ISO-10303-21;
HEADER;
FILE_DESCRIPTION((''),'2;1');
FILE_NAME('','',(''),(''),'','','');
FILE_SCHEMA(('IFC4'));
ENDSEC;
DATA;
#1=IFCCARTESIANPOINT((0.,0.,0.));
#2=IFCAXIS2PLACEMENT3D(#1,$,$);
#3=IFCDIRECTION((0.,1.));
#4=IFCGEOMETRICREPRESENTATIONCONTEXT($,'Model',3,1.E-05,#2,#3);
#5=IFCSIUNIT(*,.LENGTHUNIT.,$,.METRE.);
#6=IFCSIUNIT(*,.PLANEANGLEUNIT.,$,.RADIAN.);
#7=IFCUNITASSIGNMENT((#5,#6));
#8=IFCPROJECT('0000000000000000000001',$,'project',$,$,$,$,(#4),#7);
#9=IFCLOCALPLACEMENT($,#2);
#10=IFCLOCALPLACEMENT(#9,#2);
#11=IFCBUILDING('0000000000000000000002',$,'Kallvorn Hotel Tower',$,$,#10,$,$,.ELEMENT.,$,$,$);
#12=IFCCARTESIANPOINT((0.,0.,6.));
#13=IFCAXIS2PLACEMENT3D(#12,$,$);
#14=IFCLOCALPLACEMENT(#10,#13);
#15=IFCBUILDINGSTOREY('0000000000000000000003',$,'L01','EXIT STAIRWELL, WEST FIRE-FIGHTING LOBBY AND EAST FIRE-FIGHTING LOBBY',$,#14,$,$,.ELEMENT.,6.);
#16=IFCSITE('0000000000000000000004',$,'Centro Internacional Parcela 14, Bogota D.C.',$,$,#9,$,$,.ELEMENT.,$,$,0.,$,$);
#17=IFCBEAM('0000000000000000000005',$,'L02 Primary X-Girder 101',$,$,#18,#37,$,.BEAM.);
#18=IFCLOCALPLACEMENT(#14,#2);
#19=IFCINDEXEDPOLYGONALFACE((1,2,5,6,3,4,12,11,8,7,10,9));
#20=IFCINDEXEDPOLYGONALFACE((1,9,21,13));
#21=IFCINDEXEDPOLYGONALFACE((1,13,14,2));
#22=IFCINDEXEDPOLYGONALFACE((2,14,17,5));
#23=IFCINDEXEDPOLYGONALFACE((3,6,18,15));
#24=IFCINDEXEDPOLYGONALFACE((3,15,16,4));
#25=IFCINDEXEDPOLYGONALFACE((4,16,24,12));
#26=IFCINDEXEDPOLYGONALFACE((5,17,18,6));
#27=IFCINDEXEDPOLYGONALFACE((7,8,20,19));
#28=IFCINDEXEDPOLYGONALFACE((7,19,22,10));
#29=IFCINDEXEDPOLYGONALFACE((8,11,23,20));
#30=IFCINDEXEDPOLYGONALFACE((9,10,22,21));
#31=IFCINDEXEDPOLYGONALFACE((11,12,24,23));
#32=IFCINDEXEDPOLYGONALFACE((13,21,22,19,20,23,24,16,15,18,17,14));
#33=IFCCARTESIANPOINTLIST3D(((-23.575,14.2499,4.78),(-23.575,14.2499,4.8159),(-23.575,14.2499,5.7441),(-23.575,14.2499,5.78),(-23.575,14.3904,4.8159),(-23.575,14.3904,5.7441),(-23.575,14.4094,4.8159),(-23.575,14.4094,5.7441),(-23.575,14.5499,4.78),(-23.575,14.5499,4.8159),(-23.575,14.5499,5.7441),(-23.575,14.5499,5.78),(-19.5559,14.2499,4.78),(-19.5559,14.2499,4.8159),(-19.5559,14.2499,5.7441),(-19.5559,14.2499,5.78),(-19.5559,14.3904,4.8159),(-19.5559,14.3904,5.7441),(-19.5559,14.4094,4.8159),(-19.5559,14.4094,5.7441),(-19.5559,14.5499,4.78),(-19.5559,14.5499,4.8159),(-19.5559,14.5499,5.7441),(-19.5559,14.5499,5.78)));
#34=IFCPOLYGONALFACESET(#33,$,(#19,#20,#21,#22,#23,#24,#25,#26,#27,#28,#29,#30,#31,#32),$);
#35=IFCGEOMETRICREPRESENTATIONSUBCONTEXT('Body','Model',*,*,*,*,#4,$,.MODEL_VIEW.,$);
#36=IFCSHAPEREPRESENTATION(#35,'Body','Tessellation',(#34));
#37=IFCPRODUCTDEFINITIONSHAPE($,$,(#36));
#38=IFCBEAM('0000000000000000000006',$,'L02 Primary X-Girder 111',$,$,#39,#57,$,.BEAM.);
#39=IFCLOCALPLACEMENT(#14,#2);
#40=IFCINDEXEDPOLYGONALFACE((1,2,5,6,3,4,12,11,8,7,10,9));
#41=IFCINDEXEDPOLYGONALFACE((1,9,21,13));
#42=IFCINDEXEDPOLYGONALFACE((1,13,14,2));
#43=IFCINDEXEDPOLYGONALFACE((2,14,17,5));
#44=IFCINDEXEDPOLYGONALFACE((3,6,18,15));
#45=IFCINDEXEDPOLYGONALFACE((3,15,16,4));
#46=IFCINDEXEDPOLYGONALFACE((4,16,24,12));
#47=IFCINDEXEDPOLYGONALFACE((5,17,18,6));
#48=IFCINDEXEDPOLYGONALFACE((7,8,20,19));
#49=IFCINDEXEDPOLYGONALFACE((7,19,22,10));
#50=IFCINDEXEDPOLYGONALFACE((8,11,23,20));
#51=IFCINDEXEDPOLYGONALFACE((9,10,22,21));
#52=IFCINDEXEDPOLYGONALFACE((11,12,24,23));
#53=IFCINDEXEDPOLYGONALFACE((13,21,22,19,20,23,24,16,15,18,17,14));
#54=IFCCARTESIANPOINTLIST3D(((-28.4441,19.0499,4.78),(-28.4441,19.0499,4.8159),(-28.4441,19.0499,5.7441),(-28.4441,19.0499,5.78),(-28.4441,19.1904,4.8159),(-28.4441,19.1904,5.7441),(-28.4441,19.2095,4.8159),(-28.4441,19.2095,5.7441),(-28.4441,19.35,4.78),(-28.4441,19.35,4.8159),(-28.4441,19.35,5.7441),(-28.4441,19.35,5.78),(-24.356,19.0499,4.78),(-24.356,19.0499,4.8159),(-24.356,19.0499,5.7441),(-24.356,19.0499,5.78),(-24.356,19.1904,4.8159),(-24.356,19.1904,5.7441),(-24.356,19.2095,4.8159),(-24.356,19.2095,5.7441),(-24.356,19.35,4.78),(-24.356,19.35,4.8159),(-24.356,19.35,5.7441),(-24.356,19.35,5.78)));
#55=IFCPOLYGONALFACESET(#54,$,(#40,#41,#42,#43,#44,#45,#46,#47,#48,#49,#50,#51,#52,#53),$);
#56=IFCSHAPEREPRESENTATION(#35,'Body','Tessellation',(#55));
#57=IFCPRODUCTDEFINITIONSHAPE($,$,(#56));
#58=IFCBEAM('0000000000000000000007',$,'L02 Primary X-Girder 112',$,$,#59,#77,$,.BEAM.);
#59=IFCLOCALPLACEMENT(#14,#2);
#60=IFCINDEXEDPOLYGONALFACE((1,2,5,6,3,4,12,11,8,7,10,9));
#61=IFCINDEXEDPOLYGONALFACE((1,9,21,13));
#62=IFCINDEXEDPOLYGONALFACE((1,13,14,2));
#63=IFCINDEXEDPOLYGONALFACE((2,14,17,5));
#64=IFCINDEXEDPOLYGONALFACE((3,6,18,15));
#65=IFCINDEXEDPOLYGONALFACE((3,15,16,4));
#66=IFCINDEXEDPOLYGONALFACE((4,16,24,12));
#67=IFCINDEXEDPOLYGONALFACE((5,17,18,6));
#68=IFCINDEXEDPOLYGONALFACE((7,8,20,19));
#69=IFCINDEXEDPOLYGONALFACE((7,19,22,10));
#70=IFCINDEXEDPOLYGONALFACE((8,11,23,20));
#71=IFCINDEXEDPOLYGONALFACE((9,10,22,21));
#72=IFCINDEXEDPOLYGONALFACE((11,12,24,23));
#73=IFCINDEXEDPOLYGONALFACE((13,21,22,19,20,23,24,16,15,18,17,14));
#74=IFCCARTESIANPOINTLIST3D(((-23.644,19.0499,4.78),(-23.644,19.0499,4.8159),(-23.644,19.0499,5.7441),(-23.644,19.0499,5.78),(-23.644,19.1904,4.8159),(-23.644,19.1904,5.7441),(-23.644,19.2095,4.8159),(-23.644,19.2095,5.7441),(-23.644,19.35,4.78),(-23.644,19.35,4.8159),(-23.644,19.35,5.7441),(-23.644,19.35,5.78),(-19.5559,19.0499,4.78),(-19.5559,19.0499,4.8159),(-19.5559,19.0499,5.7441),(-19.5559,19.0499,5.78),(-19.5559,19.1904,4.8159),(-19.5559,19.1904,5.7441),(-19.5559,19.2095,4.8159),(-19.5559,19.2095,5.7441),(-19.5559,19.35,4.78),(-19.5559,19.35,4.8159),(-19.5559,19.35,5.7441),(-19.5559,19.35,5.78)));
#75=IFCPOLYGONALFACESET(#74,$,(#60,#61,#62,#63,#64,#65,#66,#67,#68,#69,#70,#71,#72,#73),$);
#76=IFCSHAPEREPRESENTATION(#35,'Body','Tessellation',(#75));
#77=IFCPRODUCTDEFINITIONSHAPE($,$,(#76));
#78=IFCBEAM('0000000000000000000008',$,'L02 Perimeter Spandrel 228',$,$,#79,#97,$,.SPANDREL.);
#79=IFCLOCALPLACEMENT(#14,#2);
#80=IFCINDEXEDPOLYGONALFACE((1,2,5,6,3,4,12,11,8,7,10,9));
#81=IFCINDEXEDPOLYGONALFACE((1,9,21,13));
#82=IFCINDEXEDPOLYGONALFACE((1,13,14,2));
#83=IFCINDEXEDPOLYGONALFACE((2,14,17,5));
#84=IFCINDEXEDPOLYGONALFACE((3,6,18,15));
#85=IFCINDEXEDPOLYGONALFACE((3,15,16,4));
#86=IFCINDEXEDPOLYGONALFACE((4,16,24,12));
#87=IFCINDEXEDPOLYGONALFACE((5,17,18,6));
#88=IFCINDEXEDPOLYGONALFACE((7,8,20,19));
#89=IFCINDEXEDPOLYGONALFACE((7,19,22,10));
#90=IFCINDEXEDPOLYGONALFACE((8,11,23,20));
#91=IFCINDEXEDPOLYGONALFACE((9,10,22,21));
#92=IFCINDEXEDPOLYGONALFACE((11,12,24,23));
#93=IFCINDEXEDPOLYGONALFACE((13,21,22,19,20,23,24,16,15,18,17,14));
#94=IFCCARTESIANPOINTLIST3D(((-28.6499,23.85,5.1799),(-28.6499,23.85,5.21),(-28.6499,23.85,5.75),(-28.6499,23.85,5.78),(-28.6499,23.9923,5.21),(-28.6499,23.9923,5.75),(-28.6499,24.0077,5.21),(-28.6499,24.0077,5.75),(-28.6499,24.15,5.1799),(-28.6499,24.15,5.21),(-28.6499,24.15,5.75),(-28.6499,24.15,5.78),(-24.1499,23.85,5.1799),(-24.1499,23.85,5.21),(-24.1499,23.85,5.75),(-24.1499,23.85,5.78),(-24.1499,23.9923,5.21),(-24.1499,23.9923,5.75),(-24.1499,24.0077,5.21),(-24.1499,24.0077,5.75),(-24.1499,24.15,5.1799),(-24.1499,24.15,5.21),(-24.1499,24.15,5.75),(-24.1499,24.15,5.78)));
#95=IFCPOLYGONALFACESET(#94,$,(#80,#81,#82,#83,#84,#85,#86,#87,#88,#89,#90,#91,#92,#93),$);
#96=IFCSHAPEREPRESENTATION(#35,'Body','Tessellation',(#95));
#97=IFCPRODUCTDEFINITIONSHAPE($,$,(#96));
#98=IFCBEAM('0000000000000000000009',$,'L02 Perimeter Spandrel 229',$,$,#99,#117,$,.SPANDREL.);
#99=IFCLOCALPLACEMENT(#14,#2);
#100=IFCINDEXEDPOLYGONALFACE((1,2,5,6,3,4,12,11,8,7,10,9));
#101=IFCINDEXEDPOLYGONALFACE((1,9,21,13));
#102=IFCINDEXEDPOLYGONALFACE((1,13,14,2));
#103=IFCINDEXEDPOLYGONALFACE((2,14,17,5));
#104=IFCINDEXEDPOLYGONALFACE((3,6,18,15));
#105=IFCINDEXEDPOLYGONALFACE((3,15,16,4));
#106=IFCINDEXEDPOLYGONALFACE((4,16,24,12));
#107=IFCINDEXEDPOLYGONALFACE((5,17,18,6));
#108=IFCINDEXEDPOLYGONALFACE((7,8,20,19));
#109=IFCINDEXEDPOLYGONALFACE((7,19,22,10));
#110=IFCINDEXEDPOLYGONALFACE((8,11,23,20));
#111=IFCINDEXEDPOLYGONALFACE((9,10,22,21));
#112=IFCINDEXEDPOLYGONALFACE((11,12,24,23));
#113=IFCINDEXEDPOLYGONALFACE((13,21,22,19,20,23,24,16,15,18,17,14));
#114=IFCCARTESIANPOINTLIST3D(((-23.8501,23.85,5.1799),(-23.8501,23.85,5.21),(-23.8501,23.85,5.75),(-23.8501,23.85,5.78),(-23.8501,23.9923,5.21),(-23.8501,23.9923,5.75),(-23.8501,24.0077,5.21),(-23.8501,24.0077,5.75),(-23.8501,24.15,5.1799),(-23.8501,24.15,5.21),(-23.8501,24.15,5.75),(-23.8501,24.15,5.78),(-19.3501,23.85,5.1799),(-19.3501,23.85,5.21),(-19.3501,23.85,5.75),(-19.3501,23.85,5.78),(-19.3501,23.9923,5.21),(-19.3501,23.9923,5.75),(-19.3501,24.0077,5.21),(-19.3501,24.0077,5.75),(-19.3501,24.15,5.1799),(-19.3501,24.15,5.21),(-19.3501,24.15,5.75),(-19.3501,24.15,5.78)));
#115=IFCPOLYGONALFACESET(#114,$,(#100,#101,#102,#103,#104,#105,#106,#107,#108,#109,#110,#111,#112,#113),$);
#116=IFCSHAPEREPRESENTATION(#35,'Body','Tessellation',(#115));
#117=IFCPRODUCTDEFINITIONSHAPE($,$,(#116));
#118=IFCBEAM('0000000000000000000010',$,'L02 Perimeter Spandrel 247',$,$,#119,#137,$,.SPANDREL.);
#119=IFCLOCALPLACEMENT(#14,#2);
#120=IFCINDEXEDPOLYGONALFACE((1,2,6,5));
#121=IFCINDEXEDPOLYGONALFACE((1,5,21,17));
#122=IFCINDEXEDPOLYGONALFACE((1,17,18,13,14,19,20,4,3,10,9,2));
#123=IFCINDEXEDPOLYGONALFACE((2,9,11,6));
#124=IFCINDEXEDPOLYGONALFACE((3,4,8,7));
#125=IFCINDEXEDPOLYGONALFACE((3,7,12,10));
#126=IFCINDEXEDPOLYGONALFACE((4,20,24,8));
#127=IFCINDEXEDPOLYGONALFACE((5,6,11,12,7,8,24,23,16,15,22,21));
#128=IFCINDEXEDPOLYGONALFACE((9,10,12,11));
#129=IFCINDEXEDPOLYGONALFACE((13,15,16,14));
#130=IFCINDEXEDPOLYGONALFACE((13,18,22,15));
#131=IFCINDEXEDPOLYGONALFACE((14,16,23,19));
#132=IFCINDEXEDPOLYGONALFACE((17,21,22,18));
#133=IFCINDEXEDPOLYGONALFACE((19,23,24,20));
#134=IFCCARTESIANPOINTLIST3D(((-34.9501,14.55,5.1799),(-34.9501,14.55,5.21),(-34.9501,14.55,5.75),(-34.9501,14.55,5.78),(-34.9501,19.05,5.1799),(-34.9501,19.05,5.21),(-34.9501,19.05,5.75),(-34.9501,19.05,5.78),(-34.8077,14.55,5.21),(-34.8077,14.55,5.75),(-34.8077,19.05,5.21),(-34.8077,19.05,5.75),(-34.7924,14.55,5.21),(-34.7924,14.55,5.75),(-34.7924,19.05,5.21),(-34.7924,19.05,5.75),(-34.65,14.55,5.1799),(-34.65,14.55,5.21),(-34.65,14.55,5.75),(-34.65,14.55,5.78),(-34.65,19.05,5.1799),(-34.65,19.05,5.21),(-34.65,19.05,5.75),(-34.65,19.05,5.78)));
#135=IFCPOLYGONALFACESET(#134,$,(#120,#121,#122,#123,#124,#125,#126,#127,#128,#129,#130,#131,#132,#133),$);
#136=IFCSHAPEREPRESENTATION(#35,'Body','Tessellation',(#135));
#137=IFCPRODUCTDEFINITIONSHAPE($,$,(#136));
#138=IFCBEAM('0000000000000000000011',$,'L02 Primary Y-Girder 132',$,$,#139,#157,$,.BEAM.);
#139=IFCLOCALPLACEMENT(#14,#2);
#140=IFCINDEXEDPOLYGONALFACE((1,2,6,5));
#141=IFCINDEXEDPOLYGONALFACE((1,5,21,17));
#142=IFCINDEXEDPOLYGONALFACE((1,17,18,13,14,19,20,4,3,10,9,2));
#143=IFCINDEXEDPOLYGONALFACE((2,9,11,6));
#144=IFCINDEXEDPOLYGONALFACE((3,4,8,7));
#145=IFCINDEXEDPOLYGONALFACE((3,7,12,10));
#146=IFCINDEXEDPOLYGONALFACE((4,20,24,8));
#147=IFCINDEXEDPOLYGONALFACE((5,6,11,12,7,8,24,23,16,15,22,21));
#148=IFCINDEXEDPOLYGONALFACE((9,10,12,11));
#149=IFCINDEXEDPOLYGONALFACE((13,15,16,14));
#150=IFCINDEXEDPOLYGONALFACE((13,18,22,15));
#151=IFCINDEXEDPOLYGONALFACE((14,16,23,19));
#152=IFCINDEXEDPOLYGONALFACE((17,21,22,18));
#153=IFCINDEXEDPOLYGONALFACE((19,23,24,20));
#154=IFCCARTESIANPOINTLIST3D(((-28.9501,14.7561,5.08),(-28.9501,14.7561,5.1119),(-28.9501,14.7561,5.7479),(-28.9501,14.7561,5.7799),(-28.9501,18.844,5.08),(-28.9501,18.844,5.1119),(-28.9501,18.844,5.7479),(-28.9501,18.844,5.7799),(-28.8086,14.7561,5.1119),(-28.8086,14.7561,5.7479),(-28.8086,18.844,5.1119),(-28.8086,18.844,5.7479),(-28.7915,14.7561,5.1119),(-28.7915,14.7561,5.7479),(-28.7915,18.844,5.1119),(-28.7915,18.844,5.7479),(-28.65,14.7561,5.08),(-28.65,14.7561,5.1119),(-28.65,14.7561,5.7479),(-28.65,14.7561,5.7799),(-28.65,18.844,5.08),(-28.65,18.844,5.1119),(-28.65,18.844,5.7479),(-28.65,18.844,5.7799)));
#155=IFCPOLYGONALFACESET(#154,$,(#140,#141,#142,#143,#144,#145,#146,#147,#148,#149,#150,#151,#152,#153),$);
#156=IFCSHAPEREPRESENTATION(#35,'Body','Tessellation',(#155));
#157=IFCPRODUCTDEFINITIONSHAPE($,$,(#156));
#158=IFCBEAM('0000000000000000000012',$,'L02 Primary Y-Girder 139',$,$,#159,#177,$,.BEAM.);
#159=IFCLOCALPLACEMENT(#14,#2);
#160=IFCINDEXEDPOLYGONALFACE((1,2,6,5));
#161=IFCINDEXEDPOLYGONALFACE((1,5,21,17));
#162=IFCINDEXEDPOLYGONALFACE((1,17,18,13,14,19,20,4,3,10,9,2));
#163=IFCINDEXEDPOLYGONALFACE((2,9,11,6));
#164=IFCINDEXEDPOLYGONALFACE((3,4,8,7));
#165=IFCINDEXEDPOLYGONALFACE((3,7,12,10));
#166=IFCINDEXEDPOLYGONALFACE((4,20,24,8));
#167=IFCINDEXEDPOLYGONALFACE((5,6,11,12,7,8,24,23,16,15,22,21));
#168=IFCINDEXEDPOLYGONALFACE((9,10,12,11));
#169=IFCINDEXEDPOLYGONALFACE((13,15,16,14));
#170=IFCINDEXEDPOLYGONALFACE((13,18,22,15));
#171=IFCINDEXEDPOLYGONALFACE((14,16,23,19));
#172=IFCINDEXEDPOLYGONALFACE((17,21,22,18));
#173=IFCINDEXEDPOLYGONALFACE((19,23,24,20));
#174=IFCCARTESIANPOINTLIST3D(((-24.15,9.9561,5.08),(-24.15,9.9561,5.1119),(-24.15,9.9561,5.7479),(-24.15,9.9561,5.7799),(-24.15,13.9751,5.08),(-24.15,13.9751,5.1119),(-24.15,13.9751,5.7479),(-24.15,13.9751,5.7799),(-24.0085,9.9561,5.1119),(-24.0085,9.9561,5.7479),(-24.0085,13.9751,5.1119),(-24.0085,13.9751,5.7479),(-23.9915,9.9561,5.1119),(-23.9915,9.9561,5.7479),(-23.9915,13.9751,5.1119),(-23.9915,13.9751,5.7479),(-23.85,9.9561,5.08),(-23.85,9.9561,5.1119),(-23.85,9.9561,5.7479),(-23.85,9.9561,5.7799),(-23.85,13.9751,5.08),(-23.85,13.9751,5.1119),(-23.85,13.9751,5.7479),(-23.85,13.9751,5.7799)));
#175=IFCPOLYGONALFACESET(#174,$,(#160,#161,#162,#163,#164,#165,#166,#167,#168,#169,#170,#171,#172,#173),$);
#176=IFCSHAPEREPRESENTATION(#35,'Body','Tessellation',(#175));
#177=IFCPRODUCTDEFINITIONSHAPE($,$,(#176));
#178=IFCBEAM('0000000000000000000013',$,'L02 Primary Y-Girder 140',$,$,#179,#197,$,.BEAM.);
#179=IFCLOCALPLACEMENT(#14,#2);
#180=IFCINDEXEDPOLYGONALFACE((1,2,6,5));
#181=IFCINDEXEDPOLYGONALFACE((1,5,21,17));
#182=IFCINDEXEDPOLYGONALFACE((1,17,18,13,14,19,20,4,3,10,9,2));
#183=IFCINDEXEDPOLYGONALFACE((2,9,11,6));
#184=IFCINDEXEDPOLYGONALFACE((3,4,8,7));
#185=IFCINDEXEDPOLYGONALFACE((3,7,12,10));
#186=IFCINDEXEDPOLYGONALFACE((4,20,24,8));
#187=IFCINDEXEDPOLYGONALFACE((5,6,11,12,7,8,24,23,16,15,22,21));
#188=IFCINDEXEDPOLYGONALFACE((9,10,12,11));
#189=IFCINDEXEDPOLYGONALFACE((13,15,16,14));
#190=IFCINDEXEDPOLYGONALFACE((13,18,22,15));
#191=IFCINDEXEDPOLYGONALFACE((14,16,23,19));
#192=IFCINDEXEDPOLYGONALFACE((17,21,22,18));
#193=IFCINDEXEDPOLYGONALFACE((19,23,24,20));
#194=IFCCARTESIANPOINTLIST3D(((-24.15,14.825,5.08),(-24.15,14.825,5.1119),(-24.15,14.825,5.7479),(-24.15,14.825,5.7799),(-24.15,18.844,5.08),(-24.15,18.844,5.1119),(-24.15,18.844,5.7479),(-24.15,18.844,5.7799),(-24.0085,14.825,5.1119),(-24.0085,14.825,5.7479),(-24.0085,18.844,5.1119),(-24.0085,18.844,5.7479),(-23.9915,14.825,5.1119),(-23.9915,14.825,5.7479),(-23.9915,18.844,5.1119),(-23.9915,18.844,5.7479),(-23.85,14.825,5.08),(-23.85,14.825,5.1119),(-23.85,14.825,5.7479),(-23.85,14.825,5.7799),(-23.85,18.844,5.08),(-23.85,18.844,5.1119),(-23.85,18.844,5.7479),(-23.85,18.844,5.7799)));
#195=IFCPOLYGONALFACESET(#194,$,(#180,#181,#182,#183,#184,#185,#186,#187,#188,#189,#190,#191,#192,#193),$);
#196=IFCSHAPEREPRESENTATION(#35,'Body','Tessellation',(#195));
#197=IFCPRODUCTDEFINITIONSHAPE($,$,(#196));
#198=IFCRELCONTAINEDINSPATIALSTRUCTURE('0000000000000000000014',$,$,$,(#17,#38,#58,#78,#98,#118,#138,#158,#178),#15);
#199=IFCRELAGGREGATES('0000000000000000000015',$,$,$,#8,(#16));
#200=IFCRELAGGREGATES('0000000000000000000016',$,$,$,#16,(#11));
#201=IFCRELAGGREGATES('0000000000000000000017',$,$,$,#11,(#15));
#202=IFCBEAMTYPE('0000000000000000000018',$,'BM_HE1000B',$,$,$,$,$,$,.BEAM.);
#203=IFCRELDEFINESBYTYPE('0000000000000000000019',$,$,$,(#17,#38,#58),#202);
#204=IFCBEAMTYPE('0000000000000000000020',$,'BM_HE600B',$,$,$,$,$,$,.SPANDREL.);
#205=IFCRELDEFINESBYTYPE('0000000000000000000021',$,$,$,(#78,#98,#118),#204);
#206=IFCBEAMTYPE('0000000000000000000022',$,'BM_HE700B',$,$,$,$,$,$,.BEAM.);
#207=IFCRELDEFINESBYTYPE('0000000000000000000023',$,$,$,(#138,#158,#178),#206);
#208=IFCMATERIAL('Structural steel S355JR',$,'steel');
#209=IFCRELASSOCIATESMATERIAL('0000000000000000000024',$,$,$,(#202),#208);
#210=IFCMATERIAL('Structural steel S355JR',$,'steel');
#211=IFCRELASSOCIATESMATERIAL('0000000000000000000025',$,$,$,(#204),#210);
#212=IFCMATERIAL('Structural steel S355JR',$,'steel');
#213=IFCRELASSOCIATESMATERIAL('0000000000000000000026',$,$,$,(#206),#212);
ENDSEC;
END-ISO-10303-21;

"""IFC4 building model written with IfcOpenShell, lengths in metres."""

from ifc_helpers import new_model, si_unit, direction, frame, origin, origin_2d, place, context, subcontext, project, spatial, i_section, extrude, material, material_profile, profile_set, type_object, element, save


model = new_model("IFC4")

# Units and contexts
model_context = context("Model", 3, precision=1e-05, world=origin(), true_north=direction((0.0, 1.0)))
body_context = subcontext(model_context, "Body", "Model", "MODEL_VIEW")
ifc_project = project(units=[si_unit("LENGTHUNIT", "METRE"), si_unit("PLANEANGLEUNIT", "RADIAN")], contexts=[model_context])

# Site, building, storey
site_placement = place(None, origin())
site = spatial("IfcSite", under=ifc_project, at=site_placement, Name="Centro Internacional Parcela 14, Bogota D.C.", CompositionType="ELEMENT", RefElevation=0.0)
building_placement = place(site_placement, origin())
building = spatial("IfcBuilding", under=site, at=building_placement, Name="Kallvorn Hotel Tower", CompositionType="ELEMENT")
storey_placement = place(building_placement, frame((0.0, 0.0, 6.0)))
storey = spatial("IfcBuildingStorey", under=building, at=storey_placement, Name="L01", Description="EXIT STAIRWELL, WEST FIRE-FIGHTING LOBBY AND EAST FIRE-FIGHTING LOBBY", CompositionType="ELEMENT", Elevation=6.0)

# Beams
ifc_material_1 = material(Name="Structural steel S355JR", Category="steel")
ifc_material_profile_1 = material_profile(ifc_material_1, i_section(OverallWidth=0.3, OverallDepth=1.0, WebThickness=0.019, FlangeThickness=0.0359, at=origin_2d()), Name="HE 1000 B")
ifc_profile_set_1 = profile_set([ifc_material_profile_1], Name="Structural steel S355JR")
beam_type_1 = type_object("IfcBeamType", Name="BM_HE1000B", PredefinedType="BEAM", material=ifc_profile_set_1)
for number, where, z_axis, x_axis, name in (
    (1, (-23.575, 14.3999, 5.28), (1.0, 0.0, 0.0), (0.0, 1.0, 0.0), "L02 Primary X-Girder 101"),
):
    element("IfcBeam", number, at=place(storey_placement, frame(where, z_axis=z_axis, x_axis=x_axis)), inside=storey, type_object=beam_type_1, Name=name, PredefinedType="BEAM", context=body_context, shape_type="SweptSolid", body=[
        extrude(i_section(OverallWidth=0.3, OverallDepth=1.0, WebThickness=0.019, FlangeThickness=0.0359, at=origin_2d()), origin(), (0.0, 0.0, 1.0), 4.019),
    ])
for number, where, z_axis, x_axis, name in (
    (2, (-28.4441, 19.2, 5.28), (1.0, 0.0, 0.0), (0.0, 1.0, 0.0), "L02 Primary X-Girder 111"),
    (3, (-23.644, 19.2, 5.28), (1.0, 0.0, 0.0), (0.0, 1.0, 0.0), "L02 Primary X-Girder 112"),
):
    element("IfcBeam", number, at=place(storey_placement, frame(where, z_axis=z_axis, x_axis=x_axis)), inside=storey, type_object=beam_type_1, Name=name, PredefinedType="BEAM", context=body_context, shape_type="SweptSolid", body=[
        extrude(i_section(OverallWidth=0.3, OverallDepth=1.0, WebThickness=0.019, FlangeThickness=0.0359, at=origin_2d()), origin(), (0.0, 0.0, 1.0), 4.0881),
    ])
ifc_material_2 = material(Name="Structural steel S355JR", Category="steel")
ifc_material_profile_2 = material_profile(ifc_material_2, i_section(OverallWidth=0.3, OverallDepth=0.6001, WebThickness=0.0154, FlangeThickness=0.03, at=origin_2d()), Name="HE 600 B")
ifc_profile_set_2 = profile_set([ifc_material_profile_2], Name="Structural steel S355JR")
beam_type_2 = type_object("IfcBeamType", Name="BM_HE600B", PredefinedType="SPANDREL", material=ifc_profile_set_2)
for number, where, z_axis, x_axis, name in (
    (4, (-28.6499, 24.0, 5.48), (1.0, 0.0, 0.0), (0.0, 1.0, 0.0), "L02 Perimeter Spandrel 228"),
    (5, (-23.8501, 24.0, 5.48), (1.0, 0.0, 0.0), (0.0, 1.0, 0.0), "L02 Perimeter Spandrel 229"),
    (6, (-34.8, 14.55, 5.48), (0.0, 1.0, 0.0), (-1.0, 0.0, 0.0), "L02 Perimeter Spandrel 247"),
):
    element("IfcBeam", number, at=place(storey_placement, frame(where, z_axis=z_axis, x_axis=x_axis)), inside=storey, type_object=beam_type_2, Name=name, PredefinedType="SPANDREL", context=body_context, shape_type="SweptSolid", body=[
        extrude(i_section(OverallWidth=0.3, OverallDepth=0.6001, WebThickness=0.0154, FlangeThickness=0.03, at=origin_2d()), origin(), (0.0, 0.0, 1.0), 4.5),
    ])
ifc_material_3 = material(Name="Structural steel S355JR", Category="steel")
ifc_material_profile_3 = material_profile(ifc_material_3, i_section(OverallWidth=0.3, OverallDepth=0.7, WebThickness=0.0171, FlangeThickness=0.032, at=origin_2d()), Name="HE 700 B")
ifc_profile_set_3 = profile_set([ifc_material_profile_3], Name="Structural steel S355JR")
beam_type_3 = type_object("IfcBeamType", Name="BM_HE700B", PredefinedType="BEAM", material=ifc_profile_set_3)
beam_1_placement = place(storey_placement, frame((-28.8, 14.7561, 5.4299), z_axis=(0.0, 1.0, 0.0), x_axis=(-1.0, 0.0, 0.0)))
element("IfcBeam", 7, at=beam_1_placement, inside=storey, type_object=beam_type_3, Name="L02 Primary Y-Girder 132", PredefinedType="BEAM", context=body_context, shape_type="SweptSolid", body=[
    extrude(i_section(OverallWidth=0.3, OverallDepth=0.7, WebThickness=0.0171, FlangeThickness=0.032, at=origin_2d()), origin(), (0.0, 0.0, 1.0), 4.0879),
])
for number, where, z_axis, x_axis, name in (
    (8, (-24.0, 9.9561, 5.4299), (0.0, 1.0, 0.0), (-1.0, 0.0, 0.0), "L02 Primary Y-Girder 139"),
    (9, (-24.0, 14.825, 5.4299), (0.0, 1.0, 0.0), (-1.0, 0.0, 0.0), "L02 Primary Y-Girder 140"),
):
    element("IfcBeam", number, at=place(storey_placement, frame(where, z_axis=z_axis, x_axis=x_axis)), inside=storey, type_object=beam_type_3, Name=name, PredefinedType="BEAM", context=body_context, shape_type="SweptSolid", body=[
        extrude(i_section(OverallWidth=0.3, OverallDepth=0.7, WebThickness=0.0171, FlangeThickness=0.032, at=origin_2d()), origin(), (0.0, 0.0, 1.0), 4.019),
    ])

save(model, "model.ifc")
